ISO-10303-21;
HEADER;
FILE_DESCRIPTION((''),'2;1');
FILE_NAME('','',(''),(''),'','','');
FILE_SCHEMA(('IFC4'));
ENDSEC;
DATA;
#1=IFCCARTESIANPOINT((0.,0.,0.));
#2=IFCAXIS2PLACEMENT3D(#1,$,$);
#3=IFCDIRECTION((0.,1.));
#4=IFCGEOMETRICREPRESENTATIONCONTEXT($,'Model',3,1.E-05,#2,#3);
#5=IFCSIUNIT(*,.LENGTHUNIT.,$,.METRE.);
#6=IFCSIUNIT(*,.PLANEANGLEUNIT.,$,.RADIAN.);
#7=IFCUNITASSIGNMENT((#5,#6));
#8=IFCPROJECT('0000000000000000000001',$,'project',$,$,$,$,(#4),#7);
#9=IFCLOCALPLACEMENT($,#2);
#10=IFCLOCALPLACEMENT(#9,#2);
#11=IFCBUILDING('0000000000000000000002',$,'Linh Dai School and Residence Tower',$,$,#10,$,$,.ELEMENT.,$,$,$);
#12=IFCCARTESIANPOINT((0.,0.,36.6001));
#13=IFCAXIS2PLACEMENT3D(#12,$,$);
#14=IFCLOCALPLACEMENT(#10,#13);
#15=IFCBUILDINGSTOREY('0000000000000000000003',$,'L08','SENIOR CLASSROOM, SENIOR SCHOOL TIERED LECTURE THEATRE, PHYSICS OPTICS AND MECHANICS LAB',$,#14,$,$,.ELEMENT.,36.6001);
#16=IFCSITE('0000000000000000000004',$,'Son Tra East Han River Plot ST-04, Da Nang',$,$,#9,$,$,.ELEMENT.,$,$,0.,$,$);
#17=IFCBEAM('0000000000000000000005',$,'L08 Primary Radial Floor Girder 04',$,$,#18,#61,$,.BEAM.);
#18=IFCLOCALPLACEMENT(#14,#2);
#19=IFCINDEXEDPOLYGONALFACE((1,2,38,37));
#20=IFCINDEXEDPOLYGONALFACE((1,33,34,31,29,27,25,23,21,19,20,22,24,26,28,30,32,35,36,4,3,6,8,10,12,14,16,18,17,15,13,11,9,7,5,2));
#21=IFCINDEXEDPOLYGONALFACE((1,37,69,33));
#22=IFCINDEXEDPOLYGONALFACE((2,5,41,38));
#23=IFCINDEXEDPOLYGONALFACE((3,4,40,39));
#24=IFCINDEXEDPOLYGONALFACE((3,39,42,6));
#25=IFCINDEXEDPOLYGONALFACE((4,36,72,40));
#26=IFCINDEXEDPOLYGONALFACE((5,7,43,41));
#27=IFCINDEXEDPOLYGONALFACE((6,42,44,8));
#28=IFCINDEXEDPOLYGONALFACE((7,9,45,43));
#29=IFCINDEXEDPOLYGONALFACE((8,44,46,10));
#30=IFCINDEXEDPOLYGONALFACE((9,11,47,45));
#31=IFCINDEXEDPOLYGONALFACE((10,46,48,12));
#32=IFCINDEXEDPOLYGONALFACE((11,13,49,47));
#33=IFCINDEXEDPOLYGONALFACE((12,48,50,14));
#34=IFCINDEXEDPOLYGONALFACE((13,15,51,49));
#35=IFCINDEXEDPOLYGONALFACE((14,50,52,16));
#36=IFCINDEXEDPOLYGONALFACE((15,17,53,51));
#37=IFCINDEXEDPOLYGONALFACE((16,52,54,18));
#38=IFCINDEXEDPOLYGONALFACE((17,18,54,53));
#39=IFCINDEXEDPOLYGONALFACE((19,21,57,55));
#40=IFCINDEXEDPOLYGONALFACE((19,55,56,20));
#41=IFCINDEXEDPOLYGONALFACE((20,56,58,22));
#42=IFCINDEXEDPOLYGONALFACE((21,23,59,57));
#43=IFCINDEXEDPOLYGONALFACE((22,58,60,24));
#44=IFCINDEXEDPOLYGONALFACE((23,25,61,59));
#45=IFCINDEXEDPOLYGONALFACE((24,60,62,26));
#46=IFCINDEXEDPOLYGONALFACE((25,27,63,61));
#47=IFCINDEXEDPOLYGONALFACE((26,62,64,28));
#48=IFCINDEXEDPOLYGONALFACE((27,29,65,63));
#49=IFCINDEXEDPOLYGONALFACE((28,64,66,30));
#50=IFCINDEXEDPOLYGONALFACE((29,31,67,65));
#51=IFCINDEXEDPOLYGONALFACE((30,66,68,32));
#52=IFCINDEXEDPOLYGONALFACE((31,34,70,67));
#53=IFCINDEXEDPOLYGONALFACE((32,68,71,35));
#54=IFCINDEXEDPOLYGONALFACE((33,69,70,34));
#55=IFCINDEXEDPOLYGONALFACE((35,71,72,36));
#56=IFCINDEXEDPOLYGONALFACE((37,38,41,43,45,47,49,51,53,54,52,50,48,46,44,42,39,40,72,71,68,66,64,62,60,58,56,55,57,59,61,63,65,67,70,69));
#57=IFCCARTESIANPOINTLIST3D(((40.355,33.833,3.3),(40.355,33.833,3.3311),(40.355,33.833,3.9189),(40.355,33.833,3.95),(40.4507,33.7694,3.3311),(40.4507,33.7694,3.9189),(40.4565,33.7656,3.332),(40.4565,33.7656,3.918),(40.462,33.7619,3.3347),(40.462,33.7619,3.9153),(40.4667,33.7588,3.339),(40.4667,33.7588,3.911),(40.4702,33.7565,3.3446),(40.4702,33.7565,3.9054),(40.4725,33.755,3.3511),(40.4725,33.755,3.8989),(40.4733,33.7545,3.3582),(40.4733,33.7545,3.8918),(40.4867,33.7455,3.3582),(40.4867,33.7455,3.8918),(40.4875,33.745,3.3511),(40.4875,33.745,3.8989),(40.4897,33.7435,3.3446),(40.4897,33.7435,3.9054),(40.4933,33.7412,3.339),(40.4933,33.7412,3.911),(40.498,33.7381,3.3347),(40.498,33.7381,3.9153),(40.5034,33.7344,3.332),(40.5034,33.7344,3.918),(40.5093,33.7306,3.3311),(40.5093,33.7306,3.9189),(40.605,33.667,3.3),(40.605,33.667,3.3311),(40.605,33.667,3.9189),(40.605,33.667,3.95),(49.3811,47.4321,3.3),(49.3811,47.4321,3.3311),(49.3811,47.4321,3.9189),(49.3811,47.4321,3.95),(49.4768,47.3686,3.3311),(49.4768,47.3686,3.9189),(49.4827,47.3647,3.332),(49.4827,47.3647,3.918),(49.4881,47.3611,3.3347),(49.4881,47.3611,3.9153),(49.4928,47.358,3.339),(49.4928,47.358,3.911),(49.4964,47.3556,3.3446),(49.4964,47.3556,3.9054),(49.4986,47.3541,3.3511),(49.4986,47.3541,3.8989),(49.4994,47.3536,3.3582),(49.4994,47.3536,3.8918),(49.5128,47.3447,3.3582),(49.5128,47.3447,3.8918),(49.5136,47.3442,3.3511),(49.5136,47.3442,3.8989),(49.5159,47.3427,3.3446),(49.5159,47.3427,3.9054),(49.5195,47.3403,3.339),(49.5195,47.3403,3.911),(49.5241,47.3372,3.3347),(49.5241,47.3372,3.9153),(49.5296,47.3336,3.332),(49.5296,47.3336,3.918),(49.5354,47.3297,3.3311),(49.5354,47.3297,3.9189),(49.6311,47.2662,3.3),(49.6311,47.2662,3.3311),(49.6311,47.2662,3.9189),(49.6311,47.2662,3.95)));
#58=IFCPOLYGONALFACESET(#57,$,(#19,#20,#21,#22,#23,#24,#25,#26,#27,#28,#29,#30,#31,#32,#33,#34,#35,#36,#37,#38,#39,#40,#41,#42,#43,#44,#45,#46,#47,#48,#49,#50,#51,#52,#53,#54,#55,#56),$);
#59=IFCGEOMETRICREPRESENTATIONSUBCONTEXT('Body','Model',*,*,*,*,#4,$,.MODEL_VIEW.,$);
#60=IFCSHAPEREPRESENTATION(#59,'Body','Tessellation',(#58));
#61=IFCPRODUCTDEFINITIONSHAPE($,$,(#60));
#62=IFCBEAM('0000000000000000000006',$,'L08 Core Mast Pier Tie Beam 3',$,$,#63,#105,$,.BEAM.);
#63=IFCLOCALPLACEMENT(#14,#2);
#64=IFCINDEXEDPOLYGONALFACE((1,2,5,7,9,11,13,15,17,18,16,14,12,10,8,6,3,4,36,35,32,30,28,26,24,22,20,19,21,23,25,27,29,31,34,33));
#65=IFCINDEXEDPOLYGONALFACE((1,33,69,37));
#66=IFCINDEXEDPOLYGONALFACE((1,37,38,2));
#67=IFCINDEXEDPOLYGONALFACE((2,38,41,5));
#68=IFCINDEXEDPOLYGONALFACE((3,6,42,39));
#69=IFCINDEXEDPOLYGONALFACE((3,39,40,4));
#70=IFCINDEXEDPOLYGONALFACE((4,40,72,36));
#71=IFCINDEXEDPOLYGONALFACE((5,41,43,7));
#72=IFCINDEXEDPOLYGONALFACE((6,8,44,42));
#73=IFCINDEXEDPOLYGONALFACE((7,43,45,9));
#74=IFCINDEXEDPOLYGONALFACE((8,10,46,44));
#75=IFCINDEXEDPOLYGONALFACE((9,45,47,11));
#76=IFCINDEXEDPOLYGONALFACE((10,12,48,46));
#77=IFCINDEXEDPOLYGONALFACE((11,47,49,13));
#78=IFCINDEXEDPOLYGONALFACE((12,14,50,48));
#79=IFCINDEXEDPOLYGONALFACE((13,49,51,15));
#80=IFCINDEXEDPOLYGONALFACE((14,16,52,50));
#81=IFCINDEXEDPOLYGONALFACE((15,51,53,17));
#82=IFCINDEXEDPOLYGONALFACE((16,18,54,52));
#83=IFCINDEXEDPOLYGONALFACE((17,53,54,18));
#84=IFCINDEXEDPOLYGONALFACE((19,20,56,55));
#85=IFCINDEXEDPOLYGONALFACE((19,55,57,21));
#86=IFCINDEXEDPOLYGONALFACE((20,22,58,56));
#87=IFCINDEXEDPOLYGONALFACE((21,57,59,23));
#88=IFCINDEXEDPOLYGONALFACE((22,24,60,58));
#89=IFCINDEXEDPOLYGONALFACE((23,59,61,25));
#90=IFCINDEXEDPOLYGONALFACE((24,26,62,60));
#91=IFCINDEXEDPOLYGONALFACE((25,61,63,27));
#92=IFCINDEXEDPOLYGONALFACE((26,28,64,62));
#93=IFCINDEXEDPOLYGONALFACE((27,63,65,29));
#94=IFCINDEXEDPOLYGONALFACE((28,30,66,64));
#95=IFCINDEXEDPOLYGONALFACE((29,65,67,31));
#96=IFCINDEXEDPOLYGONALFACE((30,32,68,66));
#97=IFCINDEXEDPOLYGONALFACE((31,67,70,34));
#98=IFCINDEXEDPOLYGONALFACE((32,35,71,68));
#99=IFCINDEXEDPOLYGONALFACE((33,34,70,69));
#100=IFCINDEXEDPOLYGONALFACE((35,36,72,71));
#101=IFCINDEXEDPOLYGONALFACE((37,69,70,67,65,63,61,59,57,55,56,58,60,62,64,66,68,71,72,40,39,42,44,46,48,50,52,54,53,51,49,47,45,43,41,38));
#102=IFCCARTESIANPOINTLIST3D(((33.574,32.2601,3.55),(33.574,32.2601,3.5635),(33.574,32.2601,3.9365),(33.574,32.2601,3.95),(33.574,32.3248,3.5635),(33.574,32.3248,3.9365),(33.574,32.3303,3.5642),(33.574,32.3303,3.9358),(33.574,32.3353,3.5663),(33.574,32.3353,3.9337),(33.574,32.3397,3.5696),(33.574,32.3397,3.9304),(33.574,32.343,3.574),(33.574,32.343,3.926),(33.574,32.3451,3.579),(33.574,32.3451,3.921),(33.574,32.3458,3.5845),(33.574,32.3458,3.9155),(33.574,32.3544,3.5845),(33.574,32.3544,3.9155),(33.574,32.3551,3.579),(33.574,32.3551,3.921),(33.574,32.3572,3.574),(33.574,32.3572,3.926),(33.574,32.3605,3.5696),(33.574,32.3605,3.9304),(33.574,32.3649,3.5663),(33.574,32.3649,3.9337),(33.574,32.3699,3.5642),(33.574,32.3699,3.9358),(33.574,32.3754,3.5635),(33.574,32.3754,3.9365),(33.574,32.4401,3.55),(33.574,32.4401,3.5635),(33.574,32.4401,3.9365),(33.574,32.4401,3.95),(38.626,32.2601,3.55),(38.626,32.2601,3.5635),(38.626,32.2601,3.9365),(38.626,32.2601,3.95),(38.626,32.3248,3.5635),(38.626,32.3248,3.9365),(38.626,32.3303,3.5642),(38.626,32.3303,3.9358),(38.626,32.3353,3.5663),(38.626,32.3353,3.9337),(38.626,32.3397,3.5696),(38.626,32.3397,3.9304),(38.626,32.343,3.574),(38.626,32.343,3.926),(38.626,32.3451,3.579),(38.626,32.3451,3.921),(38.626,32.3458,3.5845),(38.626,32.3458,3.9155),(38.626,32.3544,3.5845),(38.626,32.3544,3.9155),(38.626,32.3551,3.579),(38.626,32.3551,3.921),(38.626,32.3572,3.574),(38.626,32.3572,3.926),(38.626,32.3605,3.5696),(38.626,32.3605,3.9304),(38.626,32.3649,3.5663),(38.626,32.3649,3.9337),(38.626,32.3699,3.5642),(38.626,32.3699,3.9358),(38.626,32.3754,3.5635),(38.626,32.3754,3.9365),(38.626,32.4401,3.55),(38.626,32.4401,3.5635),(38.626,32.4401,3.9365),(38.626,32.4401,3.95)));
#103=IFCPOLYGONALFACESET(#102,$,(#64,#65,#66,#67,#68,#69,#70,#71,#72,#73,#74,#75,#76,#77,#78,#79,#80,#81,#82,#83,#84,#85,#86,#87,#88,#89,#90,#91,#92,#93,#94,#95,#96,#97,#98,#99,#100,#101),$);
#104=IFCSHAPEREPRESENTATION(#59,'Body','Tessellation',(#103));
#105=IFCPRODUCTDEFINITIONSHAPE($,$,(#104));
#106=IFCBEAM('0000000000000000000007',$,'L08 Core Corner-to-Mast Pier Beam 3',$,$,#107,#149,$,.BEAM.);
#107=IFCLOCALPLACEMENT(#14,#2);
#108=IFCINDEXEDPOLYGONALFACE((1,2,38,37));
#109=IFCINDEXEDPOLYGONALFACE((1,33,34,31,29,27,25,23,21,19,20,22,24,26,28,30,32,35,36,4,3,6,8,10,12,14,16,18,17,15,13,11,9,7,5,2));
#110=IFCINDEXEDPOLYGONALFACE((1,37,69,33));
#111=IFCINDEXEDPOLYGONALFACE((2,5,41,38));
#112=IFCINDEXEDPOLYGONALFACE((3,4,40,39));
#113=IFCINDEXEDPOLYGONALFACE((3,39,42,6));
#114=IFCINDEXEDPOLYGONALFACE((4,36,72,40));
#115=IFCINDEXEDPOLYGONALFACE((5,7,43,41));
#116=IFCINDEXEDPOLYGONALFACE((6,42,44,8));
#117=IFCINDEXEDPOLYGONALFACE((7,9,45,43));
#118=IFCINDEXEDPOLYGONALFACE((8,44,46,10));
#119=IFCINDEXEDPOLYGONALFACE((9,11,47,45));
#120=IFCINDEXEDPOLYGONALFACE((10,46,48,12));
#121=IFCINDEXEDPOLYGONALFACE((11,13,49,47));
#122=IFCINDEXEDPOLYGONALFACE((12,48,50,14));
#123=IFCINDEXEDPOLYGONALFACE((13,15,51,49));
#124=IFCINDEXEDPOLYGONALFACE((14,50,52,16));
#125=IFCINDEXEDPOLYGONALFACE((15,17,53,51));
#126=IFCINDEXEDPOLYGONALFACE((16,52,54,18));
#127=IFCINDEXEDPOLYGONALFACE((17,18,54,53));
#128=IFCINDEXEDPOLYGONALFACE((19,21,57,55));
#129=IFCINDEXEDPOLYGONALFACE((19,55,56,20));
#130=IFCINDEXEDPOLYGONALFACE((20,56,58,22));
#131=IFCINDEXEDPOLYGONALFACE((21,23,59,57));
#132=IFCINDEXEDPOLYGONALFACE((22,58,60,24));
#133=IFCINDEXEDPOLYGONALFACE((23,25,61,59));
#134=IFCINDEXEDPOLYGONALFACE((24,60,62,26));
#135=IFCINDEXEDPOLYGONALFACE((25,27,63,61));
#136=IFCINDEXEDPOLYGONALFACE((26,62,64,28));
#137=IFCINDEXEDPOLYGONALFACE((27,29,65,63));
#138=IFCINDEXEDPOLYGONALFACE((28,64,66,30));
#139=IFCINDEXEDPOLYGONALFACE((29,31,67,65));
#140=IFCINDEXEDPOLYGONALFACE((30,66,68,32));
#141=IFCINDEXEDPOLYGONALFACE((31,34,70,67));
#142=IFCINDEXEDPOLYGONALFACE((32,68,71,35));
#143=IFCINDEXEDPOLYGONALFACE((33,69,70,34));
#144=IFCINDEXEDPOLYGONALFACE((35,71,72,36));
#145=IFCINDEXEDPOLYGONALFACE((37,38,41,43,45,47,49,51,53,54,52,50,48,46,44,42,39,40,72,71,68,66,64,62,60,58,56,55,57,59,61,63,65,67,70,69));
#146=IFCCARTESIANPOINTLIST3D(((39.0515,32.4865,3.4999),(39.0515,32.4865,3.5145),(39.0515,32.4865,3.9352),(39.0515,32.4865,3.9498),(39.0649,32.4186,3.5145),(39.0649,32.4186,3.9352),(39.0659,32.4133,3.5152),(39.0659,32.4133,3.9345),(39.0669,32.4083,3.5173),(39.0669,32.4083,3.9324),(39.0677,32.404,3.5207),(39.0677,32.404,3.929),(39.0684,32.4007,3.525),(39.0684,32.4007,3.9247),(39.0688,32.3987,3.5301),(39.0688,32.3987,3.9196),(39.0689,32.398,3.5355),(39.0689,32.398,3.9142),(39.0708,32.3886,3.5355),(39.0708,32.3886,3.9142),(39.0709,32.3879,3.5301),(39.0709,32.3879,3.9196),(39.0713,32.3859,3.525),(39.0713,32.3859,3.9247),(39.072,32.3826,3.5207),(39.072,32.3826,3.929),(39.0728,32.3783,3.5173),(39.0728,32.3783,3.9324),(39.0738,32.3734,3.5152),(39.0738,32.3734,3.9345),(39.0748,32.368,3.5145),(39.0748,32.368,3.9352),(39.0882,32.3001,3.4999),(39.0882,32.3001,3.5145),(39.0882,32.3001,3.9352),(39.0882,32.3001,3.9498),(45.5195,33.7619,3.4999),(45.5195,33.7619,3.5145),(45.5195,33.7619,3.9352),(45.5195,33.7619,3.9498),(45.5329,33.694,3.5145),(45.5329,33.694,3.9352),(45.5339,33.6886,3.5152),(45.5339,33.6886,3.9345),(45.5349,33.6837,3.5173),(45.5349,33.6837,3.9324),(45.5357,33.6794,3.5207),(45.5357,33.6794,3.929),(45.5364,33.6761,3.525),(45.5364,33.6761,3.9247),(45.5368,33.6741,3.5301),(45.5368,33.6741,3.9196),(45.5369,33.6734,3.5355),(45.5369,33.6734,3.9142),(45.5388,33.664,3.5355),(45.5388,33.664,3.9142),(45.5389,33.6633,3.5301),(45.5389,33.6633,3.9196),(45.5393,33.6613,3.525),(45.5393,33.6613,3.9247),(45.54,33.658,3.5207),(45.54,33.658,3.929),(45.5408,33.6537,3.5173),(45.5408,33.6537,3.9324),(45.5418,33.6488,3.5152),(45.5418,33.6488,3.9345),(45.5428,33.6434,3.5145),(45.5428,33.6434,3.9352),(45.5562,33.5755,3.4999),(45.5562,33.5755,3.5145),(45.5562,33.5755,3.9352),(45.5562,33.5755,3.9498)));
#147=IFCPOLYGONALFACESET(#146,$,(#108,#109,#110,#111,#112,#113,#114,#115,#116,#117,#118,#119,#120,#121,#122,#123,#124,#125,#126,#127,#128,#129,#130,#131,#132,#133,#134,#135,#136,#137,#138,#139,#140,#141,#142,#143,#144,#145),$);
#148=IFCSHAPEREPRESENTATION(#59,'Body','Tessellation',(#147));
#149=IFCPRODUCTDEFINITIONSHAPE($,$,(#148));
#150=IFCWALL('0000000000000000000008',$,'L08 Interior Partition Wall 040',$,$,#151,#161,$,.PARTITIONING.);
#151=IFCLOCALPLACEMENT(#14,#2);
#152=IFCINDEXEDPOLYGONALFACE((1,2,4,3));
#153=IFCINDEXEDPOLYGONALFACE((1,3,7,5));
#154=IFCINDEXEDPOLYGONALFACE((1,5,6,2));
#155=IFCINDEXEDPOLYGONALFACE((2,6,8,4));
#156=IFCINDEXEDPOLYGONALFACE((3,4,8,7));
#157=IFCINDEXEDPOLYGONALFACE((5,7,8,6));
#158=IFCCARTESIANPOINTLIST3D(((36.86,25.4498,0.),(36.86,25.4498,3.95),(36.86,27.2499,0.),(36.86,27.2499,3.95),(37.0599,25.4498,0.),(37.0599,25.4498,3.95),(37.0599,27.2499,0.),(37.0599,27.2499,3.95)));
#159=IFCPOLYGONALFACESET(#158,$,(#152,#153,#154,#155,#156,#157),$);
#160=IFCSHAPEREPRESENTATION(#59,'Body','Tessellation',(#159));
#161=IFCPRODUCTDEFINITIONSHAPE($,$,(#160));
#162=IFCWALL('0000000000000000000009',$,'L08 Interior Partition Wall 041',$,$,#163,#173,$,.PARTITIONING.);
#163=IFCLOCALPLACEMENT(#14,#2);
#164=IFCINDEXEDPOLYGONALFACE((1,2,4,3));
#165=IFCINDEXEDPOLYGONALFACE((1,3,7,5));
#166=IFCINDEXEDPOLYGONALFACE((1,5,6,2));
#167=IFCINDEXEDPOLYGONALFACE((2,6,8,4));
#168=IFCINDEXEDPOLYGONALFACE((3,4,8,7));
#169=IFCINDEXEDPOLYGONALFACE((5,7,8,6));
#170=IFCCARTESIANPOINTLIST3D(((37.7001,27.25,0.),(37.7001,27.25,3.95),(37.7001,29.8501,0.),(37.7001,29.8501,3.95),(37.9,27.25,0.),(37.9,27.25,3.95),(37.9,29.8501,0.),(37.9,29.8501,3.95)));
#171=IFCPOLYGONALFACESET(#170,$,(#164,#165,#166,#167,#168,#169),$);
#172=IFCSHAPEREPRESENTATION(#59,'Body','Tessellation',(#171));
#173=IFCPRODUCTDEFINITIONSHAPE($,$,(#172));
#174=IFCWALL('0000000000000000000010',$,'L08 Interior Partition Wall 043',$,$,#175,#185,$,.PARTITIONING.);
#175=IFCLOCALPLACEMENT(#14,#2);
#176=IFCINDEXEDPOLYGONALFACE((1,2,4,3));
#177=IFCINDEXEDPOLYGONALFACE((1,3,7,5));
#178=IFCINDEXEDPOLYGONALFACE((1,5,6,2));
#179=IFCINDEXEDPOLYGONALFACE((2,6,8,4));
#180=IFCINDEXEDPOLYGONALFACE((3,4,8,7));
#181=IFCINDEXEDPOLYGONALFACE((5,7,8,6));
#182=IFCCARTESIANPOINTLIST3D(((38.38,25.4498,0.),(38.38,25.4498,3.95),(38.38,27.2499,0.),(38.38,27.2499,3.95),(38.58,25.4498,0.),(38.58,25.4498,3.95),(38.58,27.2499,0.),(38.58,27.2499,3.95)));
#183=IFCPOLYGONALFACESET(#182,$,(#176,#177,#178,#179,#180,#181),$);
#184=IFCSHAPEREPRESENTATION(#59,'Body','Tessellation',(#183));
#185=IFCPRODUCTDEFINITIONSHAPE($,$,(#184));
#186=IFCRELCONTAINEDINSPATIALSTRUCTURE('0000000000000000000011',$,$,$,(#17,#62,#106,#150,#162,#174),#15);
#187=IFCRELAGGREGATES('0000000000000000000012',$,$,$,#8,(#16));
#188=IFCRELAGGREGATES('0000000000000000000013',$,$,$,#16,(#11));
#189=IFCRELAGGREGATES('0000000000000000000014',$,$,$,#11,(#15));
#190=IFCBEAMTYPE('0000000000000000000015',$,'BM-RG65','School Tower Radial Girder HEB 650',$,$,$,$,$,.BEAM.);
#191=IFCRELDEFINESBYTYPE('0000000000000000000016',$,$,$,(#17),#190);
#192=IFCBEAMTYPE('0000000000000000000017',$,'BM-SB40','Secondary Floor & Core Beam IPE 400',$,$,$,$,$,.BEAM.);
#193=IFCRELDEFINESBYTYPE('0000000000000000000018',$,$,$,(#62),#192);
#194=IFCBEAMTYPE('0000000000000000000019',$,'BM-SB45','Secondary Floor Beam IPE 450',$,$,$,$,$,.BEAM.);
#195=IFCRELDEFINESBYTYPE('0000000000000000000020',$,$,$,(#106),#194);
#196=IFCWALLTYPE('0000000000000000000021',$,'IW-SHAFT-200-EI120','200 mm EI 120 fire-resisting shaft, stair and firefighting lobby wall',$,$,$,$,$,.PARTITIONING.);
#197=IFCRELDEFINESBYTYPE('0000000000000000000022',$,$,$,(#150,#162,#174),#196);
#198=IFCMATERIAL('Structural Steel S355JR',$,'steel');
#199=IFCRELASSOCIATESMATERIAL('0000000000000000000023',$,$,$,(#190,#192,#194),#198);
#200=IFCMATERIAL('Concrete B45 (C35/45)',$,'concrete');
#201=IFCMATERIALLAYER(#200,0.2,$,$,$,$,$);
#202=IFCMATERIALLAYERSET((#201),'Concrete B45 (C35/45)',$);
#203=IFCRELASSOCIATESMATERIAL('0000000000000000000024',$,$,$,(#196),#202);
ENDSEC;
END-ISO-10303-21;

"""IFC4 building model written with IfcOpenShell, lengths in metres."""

from ifc_helpers import new_model, si_unit, direction, frame, frame_2d, origin, origin_2d, place, context, subcontext, project, spatial, rectangle, i_section, extrude, material, layer, layer_set, material_profile, profile_set, type_object, element, save


model = new_model("IFC4")

# Units and contexts
model_context = context("Model", 3, precision=1e-05, world=origin(), true_north=direction((0.0, 1.0)))
body_context = subcontext(model_context, "Body", "Model", "MODEL_VIEW")
ifc_project = project(units=[si_unit("LENGTHUNIT", "METRE"), si_unit("PLANEANGLEUNIT", "RADIAN")], contexts=[model_context])

# Site, building, storey
site_placement = place(None, origin())
site = spatial("IfcSite", under=ifc_project, at=site_placement, Name="Son Tra East Han River Plot ST-04, Da Nang", CompositionType="ELEMENT", RefElevation=0.0)
building_placement = place(site_placement, origin())
building = spatial("IfcBuilding", under=site, at=building_placement, Name="Linh Dai School and Residence Tower", CompositionType="ELEMENT")
storey_placement = place(building_placement, frame((0.0, 0.0, 36.6001)))
storey = spatial("IfcBuildingStorey", under=building, at=storey_placement, Name="L08", Description="SENIOR CLASSROOM, SENIOR SCHOOL TIERED LECTURE THEATRE, PHYSICS OPTICS AND MECHANICS LAB", CompositionType="ELEMENT", Elevation=36.6001)

# Shared definitions
ifc_material_1 = material(Name="Structural Steel S355JR", Category="steel")

# Beams
ifc_material_profile_1 = material_profile(ifc_material_1, i_section(OverallWidth=0.3, OverallDepth=0.6499, WebThickness=0.0161, FlangeThickness=0.031, FilletRadius=0.0271, at=origin_2d()), Name="HEB 650")
ifc_profile_set_1 = profile_set([ifc_material_profile_1], Name="Structural Steel S355JR")
beam_type_1 = type_object("IfcBeamType", Name="BM-RG65", Description="School Tower Radial Girder HEB 650", PredefinedType="BEAM", material=ifc_profile_set_1)
beam_1_placement = place(storey_placement, frame((40.48, 33.75, 3.625), z_axis=(0.553004, 0.833178, 0.0), x_axis=(-0.833178, 0.553004, 0.0)))
element("IfcBeam", 1, at=beam_1_placement, inside=storey, type_object=beam_type_1, Name="L08 Primary Radial Floor Girder 04", PredefinedType="BEAM", context=body_context, shape_type="SweptSolid", body=[
    extrude(i_section(OverallWidth=0.3, OverallDepth=0.6499, WebThickness=0.0161, FlangeThickness=0.031, FilletRadius=0.0271, at=origin_2d()), origin(), (0.0, 0.0, 1.0), 16.322),
])
ifc_material_profile_2 = material_profile(ifc_material_1, i_section(OverallWidth=0.1799, OverallDepth=0.3999, WebThickness=0.0085, FlangeThickness=0.0134, FilletRadius=0.021, at=origin_2d()), Name="IPE 400")
ifc_profile_set_2 = profile_set([ifc_material_profile_2], Name="Structural Steel S355JR")
beam_type_2 = type_object("IfcBeamType", Name="BM-SB40", Description="Secondary Floor & Core Beam IPE 400", PredefinedType="BEAM", material=ifc_profile_set_2)
beam_2_placement = place(storey_placement, frame((38.626, 32.3501, 3.75), z_axis=(-1.0, 0.0, 0.0), x_axis=(0.0, -1.0, 0.0)))
element("IfcBeam", 2, at=beam_2_placement, inside=storey, type_object=beam_type_2, Name="L08 Core Mast Pier Tie Beam 3", PredefinedType="BEAM", context=body_context, shape_type="SweptSolid", body=[
    extrude(i_section(OverallWidth=0.1799, OverallDepth=0.3999, WebThickness=0.0085, FlangeThickness=0.0134, FilletRadius=0.021, at=origin_2d()), origin(), (0.0, 0.0, 1.0), 5.052),
])
ifc_material_profile_3 = material_profile(ifc_material_1, i_section(OverallWidth=0.1899, OverallDepth=0.45, WebThickness=0.0095, FlangeThickness=0.0146, FilletRadius=0.021, at=origin_2d()), Name="IPE 450")
ifc_profile_set_3 = profile_set([ifc_material_profile_3], Name="Structural Steel S355JR")
beam_type_3 = type_object("IfcBeamType", Name="BM-SB45", Description="Secondary Floor Beam IPE 450", PredefinedType="BEAM", material=ifc_profile_set_3)
beam_3_placement = place(storey_placement, frame((45.5378, 33.6687, 3.7249), z_axis=(-0.981108, -0.193459, 0.0), x_axis=(0.193459, -0.981108, 0.0)))
element("IfcBeam", 3, at=beam_3_placement, inside=storey, type_object=beam_type_3, Name="L08 Core Corner-to-Mast Pier Beam 3", PredefinedType="BEAM", context=body_context, shape_type="SweptSolid", body=[
    extrude(i_section(OverallWidth=0.1899, OverallDepth=0.45, WebThickness=0.0095, FlangeThickness=0.0146, FilletRadius=0.021, at=origin_2d()), origin(), (0.0, 0.0, 1.0), 6.5925),
])

# Walls
ifc_material_2 = material(Name="Concrete B45 (C35/45)", Category="concrete")
ifc_layer_1 = layer(ifc_material_2, 0.2)
ifc_layer_set_1 = layer_set([ifc_layer_1], Name="Concrete B45 (C35/45)")
wall_type_1 = type_object("IfcWallType", Name="IW-SHAFT-200-EI120", Description="200 mm EI 120 fire-resisting shaft, stair and firefighting lobby wall", PredefinedType="PARTITIONING", material=ifc_layer_set_1)
wall_1_placement = place(storey_placement, frame((36.96, 25.45, 0.0), z_axis=(0.0, 0.0, 1.0), x_axis=(0.0, 1.0, 0.0)))
element("IfcWall", 4, at=wall_1_placement, inside=storey, type_object=wall_type_1, Name="L08 Interior Partition Wall 040", PredefinedType="PARTITIONING", context=body_context, shape_type="SweptSolid", body=[
    extrude(rectangle(XDim=1.8, YDim=0.2, at=frame_2d((0.8999, 0.0))), origin(), (0.0, 0.0, 1.0), 3.95),
])
wall_2_placement = place(storey_placement, frame((37.8, 27.25, 0.0), z_axis=(0.0, 0.0, 1.0), x_axis=(0.0, 1.0, 0.0)))
element("IfcWall", 5, at=wall_2_placement, inside=storey, type_object=wall_type_1, Name="L08 Interior Partition Wall 041", PredefinedType="PARTITIONING", context=body_context, shape_type="SweptSolid", body=[
    extrude(rectangle(XDim=2.6001, YDim=0.2, at=frame_2d((1.3, 0.0))), origin(), (0.0, 0.0, 1.0), 3.95),
])
wall_3_placement = place(storey_placement, frame((38.48, 25.45, 0.0), z_axis=(0.0, 0.0, 1.0), x_axis=(0.0, 1.0, 0.0)))
element("IfcWall", 6, at=wall_3_placement, inside=storey, type_object=wall_type_1, Name="L08 Interior Partition Wall 043", PredefinedType="PARTITIONING", context=body_context, shape_type="SweptSolid", body=[
    extrude(rectangle(XDim=1.8, YDim=0.2, at=frame_2d((0.8999, 0.0))), origin(), (0.0, 0.0, 1.0), 3.95),
])

save(model, "model.ifc")
